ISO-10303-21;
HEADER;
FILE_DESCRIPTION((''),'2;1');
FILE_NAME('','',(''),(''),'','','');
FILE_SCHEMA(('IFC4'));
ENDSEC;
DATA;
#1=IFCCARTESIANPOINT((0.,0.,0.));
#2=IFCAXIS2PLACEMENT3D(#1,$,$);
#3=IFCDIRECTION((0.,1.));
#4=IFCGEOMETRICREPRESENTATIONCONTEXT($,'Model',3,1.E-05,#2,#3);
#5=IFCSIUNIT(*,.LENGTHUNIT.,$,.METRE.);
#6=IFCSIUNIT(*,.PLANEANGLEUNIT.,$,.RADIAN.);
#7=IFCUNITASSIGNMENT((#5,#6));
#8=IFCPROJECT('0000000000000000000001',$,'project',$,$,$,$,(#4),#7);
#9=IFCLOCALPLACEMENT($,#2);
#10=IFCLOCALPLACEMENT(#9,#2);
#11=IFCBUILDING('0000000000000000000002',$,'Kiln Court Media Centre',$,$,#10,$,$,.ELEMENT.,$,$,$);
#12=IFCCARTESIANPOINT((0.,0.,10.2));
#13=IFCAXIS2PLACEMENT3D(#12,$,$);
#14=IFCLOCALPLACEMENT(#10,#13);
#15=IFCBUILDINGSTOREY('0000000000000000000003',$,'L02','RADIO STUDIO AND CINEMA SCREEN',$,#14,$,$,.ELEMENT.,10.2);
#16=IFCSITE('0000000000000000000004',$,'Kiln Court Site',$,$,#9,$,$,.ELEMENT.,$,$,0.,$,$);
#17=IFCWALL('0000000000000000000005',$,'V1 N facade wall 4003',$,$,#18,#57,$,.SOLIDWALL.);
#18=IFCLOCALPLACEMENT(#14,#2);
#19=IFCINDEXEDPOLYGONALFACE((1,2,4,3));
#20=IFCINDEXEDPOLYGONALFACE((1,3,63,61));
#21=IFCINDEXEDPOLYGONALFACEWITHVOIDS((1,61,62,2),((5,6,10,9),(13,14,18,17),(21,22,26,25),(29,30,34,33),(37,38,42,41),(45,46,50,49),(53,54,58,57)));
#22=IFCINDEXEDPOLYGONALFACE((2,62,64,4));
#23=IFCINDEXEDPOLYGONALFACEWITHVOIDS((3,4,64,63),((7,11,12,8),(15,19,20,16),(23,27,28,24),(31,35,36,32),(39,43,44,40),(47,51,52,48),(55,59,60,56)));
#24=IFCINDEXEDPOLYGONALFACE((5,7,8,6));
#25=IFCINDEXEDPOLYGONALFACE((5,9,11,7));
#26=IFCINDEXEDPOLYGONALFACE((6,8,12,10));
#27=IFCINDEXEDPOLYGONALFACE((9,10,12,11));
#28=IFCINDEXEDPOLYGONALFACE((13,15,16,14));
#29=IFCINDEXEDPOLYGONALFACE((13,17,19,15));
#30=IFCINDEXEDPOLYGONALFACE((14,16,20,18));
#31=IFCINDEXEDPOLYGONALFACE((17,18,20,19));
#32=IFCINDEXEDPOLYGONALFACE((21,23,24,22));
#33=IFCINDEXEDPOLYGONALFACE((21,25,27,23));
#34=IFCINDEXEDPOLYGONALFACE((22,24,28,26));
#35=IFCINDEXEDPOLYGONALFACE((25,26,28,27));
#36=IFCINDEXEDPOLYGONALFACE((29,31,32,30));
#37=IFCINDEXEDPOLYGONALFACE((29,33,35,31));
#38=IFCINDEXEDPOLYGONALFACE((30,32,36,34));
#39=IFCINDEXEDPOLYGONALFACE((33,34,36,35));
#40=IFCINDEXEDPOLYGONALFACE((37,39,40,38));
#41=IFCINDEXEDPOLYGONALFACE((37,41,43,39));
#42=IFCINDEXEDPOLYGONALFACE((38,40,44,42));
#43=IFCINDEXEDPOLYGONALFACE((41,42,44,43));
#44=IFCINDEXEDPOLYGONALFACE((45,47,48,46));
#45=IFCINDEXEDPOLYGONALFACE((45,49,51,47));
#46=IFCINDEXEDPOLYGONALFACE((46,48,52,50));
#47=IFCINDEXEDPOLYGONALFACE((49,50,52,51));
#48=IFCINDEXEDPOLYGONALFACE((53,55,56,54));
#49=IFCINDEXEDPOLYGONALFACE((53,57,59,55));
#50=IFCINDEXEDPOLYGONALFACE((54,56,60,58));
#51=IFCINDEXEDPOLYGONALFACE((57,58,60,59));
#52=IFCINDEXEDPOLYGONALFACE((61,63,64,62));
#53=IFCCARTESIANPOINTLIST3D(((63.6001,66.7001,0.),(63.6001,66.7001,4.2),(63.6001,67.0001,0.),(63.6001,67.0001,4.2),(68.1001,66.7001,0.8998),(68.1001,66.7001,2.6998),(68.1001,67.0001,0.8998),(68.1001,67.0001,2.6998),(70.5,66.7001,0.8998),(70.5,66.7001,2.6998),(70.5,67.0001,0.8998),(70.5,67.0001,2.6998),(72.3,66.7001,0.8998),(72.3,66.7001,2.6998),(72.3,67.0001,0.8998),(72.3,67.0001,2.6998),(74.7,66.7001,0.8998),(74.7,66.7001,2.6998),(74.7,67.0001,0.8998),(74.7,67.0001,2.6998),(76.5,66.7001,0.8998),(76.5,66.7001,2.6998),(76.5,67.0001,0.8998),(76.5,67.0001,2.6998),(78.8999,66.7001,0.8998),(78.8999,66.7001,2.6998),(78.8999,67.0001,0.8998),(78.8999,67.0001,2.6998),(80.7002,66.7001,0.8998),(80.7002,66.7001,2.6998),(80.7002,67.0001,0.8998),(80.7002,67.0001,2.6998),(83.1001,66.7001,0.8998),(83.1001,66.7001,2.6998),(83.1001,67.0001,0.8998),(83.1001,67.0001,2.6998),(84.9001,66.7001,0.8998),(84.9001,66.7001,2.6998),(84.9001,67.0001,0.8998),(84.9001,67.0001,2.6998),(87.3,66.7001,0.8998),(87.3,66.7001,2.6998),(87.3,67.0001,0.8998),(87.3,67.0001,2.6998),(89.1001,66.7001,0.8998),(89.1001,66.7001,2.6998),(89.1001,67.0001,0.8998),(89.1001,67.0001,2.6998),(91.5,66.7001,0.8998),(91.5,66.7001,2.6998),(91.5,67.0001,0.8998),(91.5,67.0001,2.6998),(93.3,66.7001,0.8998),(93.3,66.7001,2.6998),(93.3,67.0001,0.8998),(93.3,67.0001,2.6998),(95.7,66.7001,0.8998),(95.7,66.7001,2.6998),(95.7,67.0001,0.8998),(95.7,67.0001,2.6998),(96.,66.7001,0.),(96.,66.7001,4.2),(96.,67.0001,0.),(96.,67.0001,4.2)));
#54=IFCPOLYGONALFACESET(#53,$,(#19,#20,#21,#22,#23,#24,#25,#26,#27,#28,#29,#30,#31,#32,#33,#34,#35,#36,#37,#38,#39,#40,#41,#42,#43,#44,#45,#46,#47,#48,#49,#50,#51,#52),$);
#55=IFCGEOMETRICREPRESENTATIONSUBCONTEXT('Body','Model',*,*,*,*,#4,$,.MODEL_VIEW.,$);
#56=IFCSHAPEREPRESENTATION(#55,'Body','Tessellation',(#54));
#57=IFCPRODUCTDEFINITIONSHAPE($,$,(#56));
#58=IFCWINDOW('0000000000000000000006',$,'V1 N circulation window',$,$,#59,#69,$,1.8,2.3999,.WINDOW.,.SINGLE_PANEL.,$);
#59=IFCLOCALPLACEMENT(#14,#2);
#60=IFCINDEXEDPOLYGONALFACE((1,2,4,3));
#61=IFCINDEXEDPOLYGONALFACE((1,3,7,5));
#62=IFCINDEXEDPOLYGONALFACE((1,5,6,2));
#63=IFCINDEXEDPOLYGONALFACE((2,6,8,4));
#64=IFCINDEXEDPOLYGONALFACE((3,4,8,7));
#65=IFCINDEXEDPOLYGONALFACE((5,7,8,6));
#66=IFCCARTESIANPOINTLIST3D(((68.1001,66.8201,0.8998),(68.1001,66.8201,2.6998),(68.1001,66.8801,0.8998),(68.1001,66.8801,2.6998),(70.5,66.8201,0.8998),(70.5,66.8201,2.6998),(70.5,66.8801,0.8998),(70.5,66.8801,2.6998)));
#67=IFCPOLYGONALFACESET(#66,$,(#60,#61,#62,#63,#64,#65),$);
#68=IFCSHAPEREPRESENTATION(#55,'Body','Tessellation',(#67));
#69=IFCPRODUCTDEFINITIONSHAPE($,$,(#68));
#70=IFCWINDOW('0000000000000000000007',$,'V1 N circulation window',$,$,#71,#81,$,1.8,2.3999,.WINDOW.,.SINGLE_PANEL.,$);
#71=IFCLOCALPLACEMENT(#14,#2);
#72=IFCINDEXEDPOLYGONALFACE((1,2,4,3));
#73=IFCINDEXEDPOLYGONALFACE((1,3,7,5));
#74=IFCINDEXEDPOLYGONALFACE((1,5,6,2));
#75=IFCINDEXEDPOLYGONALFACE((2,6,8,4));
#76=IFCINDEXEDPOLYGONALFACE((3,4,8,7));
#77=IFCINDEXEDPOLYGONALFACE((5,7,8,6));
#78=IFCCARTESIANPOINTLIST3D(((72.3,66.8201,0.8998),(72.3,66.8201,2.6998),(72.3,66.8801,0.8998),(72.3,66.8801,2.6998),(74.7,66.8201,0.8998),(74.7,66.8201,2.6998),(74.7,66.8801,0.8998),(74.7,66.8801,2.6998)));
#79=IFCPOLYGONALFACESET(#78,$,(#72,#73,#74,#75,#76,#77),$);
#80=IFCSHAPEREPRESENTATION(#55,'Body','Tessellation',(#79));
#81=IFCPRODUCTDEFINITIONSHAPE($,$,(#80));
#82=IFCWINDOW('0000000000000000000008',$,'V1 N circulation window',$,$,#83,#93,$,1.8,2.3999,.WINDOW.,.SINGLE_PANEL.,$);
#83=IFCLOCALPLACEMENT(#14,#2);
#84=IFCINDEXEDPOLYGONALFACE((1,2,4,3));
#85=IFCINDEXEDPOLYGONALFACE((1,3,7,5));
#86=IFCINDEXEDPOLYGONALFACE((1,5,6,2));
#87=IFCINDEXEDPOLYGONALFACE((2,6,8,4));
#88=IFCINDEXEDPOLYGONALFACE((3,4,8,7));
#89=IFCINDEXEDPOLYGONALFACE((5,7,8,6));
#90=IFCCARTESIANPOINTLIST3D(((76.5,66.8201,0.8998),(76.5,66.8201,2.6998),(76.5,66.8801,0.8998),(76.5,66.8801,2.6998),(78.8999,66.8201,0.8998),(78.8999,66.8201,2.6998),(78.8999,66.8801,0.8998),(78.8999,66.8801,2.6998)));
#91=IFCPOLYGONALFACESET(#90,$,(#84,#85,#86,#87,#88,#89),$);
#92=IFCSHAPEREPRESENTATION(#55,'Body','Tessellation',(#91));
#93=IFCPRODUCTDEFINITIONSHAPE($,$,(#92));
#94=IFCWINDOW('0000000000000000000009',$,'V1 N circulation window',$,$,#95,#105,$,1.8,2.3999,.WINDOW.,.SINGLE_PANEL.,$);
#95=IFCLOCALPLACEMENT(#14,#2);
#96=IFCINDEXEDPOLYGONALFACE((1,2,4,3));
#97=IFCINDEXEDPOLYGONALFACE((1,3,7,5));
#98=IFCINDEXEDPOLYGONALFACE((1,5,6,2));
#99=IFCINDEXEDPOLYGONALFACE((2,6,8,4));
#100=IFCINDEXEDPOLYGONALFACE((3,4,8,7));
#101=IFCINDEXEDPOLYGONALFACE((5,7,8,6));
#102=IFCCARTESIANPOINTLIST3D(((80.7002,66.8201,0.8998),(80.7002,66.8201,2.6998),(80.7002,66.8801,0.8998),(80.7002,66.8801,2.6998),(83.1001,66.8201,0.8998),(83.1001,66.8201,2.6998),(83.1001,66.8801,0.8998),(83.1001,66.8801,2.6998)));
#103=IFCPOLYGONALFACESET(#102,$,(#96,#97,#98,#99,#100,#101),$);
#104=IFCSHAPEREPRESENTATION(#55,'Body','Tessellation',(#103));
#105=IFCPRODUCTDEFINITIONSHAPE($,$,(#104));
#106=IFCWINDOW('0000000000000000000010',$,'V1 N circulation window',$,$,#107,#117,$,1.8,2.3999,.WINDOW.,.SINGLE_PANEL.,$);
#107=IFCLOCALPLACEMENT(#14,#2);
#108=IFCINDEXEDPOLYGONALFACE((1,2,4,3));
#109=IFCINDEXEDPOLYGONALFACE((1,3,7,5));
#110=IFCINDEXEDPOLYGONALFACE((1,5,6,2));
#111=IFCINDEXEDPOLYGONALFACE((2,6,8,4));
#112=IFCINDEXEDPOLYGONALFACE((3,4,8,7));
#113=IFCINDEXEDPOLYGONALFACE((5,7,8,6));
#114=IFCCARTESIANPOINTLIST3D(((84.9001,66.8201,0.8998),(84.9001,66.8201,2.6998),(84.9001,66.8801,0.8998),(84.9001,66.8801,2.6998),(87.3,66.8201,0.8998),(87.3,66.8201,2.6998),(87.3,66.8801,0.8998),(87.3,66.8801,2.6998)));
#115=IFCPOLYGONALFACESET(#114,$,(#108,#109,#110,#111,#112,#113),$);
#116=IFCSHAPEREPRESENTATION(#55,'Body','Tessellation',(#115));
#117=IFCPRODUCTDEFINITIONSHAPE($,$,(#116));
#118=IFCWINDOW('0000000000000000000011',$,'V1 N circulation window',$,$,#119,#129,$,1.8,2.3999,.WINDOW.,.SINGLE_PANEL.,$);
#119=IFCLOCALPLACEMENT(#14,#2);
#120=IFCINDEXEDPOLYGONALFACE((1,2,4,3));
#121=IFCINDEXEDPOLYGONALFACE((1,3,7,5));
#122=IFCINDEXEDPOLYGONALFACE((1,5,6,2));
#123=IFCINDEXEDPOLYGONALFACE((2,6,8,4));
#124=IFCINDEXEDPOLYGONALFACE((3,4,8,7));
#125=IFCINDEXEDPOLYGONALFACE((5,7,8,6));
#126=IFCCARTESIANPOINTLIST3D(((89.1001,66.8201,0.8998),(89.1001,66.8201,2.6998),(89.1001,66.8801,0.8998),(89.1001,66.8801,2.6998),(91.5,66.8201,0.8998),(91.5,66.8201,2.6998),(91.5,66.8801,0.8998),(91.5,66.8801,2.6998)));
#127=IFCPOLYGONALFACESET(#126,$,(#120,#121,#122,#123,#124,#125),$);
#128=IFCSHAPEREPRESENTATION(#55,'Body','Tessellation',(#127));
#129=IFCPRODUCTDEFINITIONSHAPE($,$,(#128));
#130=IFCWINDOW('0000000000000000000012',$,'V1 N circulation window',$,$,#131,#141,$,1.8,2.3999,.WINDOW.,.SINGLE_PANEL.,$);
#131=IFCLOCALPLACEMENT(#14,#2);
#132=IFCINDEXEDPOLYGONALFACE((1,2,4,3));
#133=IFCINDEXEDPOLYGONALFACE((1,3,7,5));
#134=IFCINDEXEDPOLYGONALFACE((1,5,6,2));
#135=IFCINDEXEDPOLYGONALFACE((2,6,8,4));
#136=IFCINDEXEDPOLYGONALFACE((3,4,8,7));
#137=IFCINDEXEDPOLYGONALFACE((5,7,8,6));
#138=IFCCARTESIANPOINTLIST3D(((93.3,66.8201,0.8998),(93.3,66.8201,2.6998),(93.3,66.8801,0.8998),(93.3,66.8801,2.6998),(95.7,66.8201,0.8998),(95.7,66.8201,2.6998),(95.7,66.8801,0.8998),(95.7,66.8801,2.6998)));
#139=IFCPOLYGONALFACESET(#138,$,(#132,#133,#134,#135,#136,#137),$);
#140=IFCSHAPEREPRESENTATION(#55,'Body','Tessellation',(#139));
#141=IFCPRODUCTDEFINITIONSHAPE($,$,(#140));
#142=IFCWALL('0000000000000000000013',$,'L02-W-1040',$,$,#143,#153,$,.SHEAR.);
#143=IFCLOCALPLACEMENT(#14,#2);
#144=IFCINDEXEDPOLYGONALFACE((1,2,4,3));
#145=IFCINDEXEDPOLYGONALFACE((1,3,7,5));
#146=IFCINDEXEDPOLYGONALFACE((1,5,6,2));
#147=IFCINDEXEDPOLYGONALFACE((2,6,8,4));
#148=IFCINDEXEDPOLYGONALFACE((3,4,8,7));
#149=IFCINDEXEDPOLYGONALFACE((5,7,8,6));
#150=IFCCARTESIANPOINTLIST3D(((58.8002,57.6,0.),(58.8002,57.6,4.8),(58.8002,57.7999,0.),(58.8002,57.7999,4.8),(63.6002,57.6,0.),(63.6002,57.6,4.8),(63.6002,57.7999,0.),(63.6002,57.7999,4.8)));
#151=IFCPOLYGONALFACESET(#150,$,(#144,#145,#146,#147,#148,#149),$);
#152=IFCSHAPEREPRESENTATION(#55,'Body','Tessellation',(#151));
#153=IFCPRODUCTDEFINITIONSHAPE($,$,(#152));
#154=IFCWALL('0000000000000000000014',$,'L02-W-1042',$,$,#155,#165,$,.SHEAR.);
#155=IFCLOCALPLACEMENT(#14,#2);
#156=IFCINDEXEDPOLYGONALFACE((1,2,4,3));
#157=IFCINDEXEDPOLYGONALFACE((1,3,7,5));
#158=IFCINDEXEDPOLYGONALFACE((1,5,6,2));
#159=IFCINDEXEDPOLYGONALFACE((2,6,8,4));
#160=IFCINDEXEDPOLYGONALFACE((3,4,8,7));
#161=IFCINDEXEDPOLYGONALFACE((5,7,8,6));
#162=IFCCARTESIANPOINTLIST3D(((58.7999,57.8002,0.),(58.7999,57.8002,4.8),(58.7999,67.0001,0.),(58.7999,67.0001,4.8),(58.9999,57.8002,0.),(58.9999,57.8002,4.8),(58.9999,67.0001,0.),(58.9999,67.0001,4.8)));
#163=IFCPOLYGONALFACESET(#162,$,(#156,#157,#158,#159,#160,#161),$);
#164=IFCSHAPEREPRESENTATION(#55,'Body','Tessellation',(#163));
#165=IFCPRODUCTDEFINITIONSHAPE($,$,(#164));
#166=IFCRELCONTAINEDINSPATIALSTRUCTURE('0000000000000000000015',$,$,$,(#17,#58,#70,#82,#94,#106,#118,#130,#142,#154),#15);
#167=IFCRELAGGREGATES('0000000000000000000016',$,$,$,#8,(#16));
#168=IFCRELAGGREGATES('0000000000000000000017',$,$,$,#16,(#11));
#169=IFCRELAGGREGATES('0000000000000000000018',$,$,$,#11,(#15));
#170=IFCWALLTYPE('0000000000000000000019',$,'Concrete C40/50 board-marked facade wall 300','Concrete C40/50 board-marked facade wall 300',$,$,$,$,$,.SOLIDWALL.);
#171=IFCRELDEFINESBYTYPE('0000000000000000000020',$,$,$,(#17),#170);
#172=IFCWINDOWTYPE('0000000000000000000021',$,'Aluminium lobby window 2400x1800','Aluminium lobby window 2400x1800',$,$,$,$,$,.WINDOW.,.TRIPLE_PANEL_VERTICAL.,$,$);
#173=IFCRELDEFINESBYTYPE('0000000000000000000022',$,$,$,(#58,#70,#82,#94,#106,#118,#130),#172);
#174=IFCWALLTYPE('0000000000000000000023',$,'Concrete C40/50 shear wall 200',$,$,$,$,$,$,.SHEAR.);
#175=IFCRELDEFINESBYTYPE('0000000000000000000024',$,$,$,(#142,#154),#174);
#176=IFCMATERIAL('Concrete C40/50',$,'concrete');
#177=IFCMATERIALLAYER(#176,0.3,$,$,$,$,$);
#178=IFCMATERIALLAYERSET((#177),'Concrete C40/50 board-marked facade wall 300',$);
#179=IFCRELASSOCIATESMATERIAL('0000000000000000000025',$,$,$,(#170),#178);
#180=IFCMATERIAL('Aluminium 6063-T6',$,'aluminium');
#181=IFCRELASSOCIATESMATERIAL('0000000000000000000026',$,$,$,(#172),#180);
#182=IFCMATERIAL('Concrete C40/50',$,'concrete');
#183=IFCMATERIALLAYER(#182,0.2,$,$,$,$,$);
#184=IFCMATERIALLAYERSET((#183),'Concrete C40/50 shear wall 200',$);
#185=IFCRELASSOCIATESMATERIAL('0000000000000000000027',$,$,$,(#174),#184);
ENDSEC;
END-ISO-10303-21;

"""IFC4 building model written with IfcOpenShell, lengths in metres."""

from ifc_helpers import new_model, si_unit, direction, frame, frame_2d, origin, place, context, subcontext, project, spatial, rectangle, extrude, material, layer, layer_set, type_object, element, fill, save


model = new_model("IFC4")

# Units and contexts
model_context = context("Model", 3, precision=1e-05, world=origin(), true_north=direction((0.0, 1.0)))
body_context = subcontext(model_context, "Body", "Model", "MODEL_VIEW")
ifc_project = project(units=[si_unit("LENGTHUNIT", "METRE"), si_unit("PLANEANGLEUNIT", "RADIAN")], contexts=[model_context])

# Site, building, storey
site_placement = place(None, origin())
site = spatial("IfcSite", under=ifc_project, at=site_placement, Name="Kiln Court Site", CompositionType="ELEMENT", RefElevation=0.0)
building_placement = place(site_placement, origin())
building = spatial("IfcBuilding", under=site, at=building_placement, Name="Kiln Court Media Centre", CompositionType="ELEMENT")
storey_placement = place(building_placement, frame((0.0, 0.0, 10.2)))
storey = spatial("IfcBuildingStorey", under=building, at=storey_placement, Name="L02", Description="RADIO STUDIO AND CINEMA SCREEN", CompositionType="ELEMENT", Elevation=10.2)

# Wall, openings, windows
ifc_material_1 = material(Name="Concrete C40/50", Category="concrete")
ifc_layer_1 = layer(ifc_material_1, 0.3)
ifc_layer_set_1 = layer_set([ifc_layer_1], Name="Concrete C40/50 board-marked facade wall 300")
wall_type_1 = type_object("IfcWallType", Name="Concrete C40/50 board-marked facade wall 300", Description="Concrete C40/50 board-marked facade wall 300", PredefinedType="SOLIDWALL", material=ifc_layer_set_1)
wall_1_placement = place(storey_placement, frame((63.6001, 66.8501, 0.0), z_axis=(0.0, 0.0, 1.0), x_axis=(1.0, 0.0, 0.0)))
wall_1 = element("IfcWall", 1, at=wall_1_placement, inside=storey, type_object=wall_type_1, Name="V1 N facade wall 4003", PredefinedType="SOLIDWALL", context=body_context, shape_type="SweptSolid", body=[
    extrude(rectangle(XDim=32.3999, YDim=0.3, at=frame_2d((16.2, 0.0))), origin(), (0.0, 0.0, 1.0), 4.2),
])
opening_1_placement = place(wall_1_placement, frame((4.5, 0.0, 0.8999)))
opening_1 = element("IfcOpeningElement", 2, at=opening_1_placement, cuts=wall_1, PredefinedType="OPENING", context=body_context, shape_type="SweptSolid", body=[
    extrude(rectangle(XDim=2.3999, YDim=1.8, at=frame_2d((1.2, 0.8999))), frame((0.0, 0.1599, 0.0), z_axis=(0.0, -1.0, 0.0), x_axis=(1.0, 0.0, 0.0)), (0.0, 0.0, 1.0), 0.3201),
])
opening_2_placement = place(wall_1_placement, frame((8.7, 0.0, 0.8999)))
opening_2 = element("IfcOpeningElement", 3, at=opening_2_placement, cuts=wall_1, PredefinedType="OPENING", context=body_context, shape_type="SweptSolid", body=[
    extrude(rectangle(XDim=2.3999, YDim=1.8, at=frame_2d((1.2, 0.8999))), frame((0.0, 0.1599, 0.0), z_axis=(0.0, -1.0, 0.0), x_axis=(1.0, 0.0, 0.0)), (0.0, 0.0, 1.0), 0.3201),
])
opening_3_placement = place(wall_1_placement, frame((12.8999, 0.0, 0.8999)))
opening_3 = element("IfcOpeningElement", 4, at=opening_3_placement, cuts=wall_1, PredefinedType="OPENING", context=body_context, shape_type="SweptSolid", body=[
    extrude(rectangle(XDim=2.3999, YDim=1.8, at=frame_2d((1.2, 0.8999))), frame((0.0, 0.1599, 0.0), z_axis=(0.0, -1.0, 0.0), x_axis=(1.0, 0.0, 0.0)), (0.0, 0.0, 1.0), 0.3201),
])
opening_4_placement = place(wall_1_placement, frame((17.1001, 0.0, 0.8999)))
opening_4 = element("IfcOpeningElement", 5, at=opening_4_placement, cuts=wall_1, PredefinedType="OPENING", context=body_context, shape_type="SweptSolid", body=[
    extrude(rectangle(XDim=2.3999, YDim=1.8, at=frame_2d((1.2, 0.8999))), frame((0.0, 0.1599, 0.0), z_axis=(0.0, -1.0, 0.0), x_axis=(1.0, 0.0, 0.0)), (0.0, 0.0, 1.0), 0.3201),
])
opening_5_placement = place(wall_1_placement, frame((21.3, 0.0, 0.8999)))
opening_5 = element("IfcOpeningElement", 6, at=opening_5_placement, cuts=wall_1, PredefinedType="OPENING", context=body_context, shape_type="SweptSolid", body=[
    extrude(rectangle(XDim=2.3999, YDim=1.8, at=frame_2d((1.2, 0.8999))), frame((0.0, 0.1599, 0.0), z_axis=(0.0, -1.0, 0.0), x_axis=(1.0, 0.0, 0.0)), (0.0, 0.0, 1.0), 0.3201),
])
opening_6_placement = place(wall_1_placement, frame((25.5, 0.0, 0.8999)))
opening_6 = element("IfcOpeningElement", 7, at=opening_6_placement, cuts=wall_1, PredefinedType="OPENING", context=body_context, shape_type="SweptSolid", body=[
    extrude(rectangle(XDim=2.3999, YDim=1.8, at=frame_2d((1.2, 0.8999))), frame((0.0, 0.1599, 0.0), z_axis=(0.0, -1.0, 0.0), x_axis=(1.0, 0.0, 0.0)), (0.0, 0.0, 1.0), 0.3201),
])
opening_7_placement = place(wall_1_placement, frame((29.7, 0.0, 0.8999)))
opening_7 = element("IfcOpeningElement", 8, at=opening_7_placement, cuts=wall_1, PredefinedType="OPENING", context=body_context, shape_type="SweptSolid", body=[
    extrude(rectangle(XDim=2.3999, YDim=1.8, at=frame_2d((1.2, 0.8999))), frame((0.0, 0.1599, 0.0), z_axis=(0.0, -1.0, 0.0), x_axis=(1.0, 0.0, 0.0)), (0.0, 0.0, 1.0), 0.3201),
])
ifc_material_2 = material(Name="Aluminium 6063-T6", Category="aluminium")
window_type = type_object("IfcWindowType", Name="Aluminium lobby window 2400x1800", Description="Aluminium lobby window 2400x1800", PartitioningType="TRIPLE_PANEL_VERTICAL", PredefinedType="WINDOW", material=ifc_material_2)
window_1_placement = place(opening_1_placement, origin())
window_1 = element("IfcWindow", 9, at=window_1_placement, inside=storey, type_object=window_type, Name="V1 N circulation window", OverallHeight=1.8, OverallWidth=2.3999, PartitioningType="SINGLE_PANEL", PredefinedType="WINDOW", context=body_context, shape_type="SweptSolid", body=[
    extrude(rectangle(XDim=2.3999, YDim=1.8, at=frame_2d((1.2, 0.8999))), frame((0.0, 0.03, 0.0), z_axis=(0.0, -1.0, 0.0), x_axis=(1.0, 0.0, 0.0)), (0.0, 0.0, 1.0), 0.0601),
])
fill(opening_1, window_1)
window_2_placement = place(opening_2_placement, origin())
window_2 = element("IfcWindow", 10, at=window_2_placement, inside=storey, type_object=window_type, Name="V1 N circulation window", OverallHeight=1.8, OverallWidth=2.3999, PartitioningType="SINGLE_PANEL", PredefinedType="WINDOW", context=body_context, shape_type="SweptSolid", body=[
    extrude(rectangle(XDim=2.3999, YDim=1.8, at=frame_2d((1.2, 0.8999))), frame((0.0, 0.03, 0.0), z_axis=(0.0, -1.0, 0.0), x_axis=(1.0, 0.0, 0.0)), (0.0, 0.0, 1.0), 0.0601),
])
fill(opening_2, window_2)
window_3_placement = place(opening_3_placement, origin())
window_3 = element("IfcWindow", 11, at=window_3_placement, inside=storey, type_object=window_type, Name="V1 N circulation window", OverallHeight=1.8, OverallWidth=2.3999, PartitioningType="SINGLE_PANEL", PredefinedType="WINDOW", context=body_context, shape_type="SweptSolid", body=[
    extrude(rectangle(XDim=2.3999, YDim=1.8, at=frame_2d((1.2, 0.8999))), frame((0.0, 0.03, 0.0), z_axis=(0.0, -1.0, 0.0), x_axis=(1.0, 0.0, 0.0)), (0.0, 0.0, 1.0), 0.0601),
])
fill(opening_3, window_3)
window_4_placement = place(opening_4_placement, origin())
window_4 = element("IfcWindow", 12, at=window_4_placement, inside=storey, type_object=window_type, Name="V1 N circulation window", OverallHeight=1.8, OverallWidth=2.3999, PartitioningType="SINGLE_PANEL", PredefinedType="WINDOW", context=body_context, shape_type="SweptSolid", body=[
    extrude(rectangle(XDim=2.3999, YDim=1.8, at=frame_2d((1.2, 0.8999))), frame((0.0, 0.03, 0.0), z_axis=(0.0, -1.0, 0.0), x_axis=(1.0, 0.0, 0.0)), (0.0, 0.0, 1.0), 0.0601),
])
fill(opening_4, window_4)
window_5_placement = place(opening_5_placement, origin())
window_5 = element("IfcWindow", 13, at=window_5_placement, inside=storey, type_object=window_type, Name="V1 N circulation window", OverallHeight=1.8, OverallWidth=2.3999, PartitioningType="SINGLE_PANEL", PredefinedType="WINDOW", context=body_context, shape_type="SweptSolid", body=[
    extrude(rectangle(XDim=2.3999, YDim=1.8, at=frame_2d((1.2, 0.8999))), frame((0.0, 0.03, 0.0), z_axis=(0.0, -1.0, 0.0), x_axis=(1.0, 0.0, 0.0)), (0.0, 0.0, 1.0), 0.0601),
])
fill(opening_5, window_5)
window_6_placement = place(opening_6_placement, origin())
window_6 = element("IfcWindow", 14, at=window_6_placement, inside=storey, type_object=window_type, Name="V1 N circulation window", OverallHeight=1.8, OverallWidth=2.3999, PartitioningType="SINGLE_PANEL", PredefinedType="WINDOW", context=body_context, shape_type="SweptSolid", body=[
    extrude(rectangle(XDim=2.3999, YDim=1.8, at=frame_2d((1.2, 0.8999))), frame((0.0, 0.03, 0.0), z_axis=(0.0, -1.0, 0.0), x_axis=(1.0, 0.0, 0.0)), (0.0, 0.0, 1.0), 0.0601),
])
fill(opening_6, window_6)
window_7_placement = place(opening_7_placement, origin())
window_7 = element("IfcWindow", 15, at=window_7_placement, inside=storey, type_object=window_type, Name="V1 N circulation window", OverallHeight=1.8, OverallWidth=2.3999, PartitioningType="SINGLE_PANEL", PredefinedType="WINDOW", context=body_context, shape_type="SweptSolid", body=[
    extrude(rectangle(XDim=2.3999, YDim=1.8, at=frame_2d((1.2, 0.8999))), frame((0.0, 0.03, 0.0), z_axis=(0.0, -1.0, 0.0), x_axis=(1.0, 0.0, 0.0)), (0.0, 0.0, 1.0), 0.0601),
])
fill(opening_7, window_7)

# Walls
ifc_material_3 = material(Name="Concrete C40/50", Category="concrete")
ifc_layer_2 = layer(ifc_material_3, 0.2)
ifc_layer_set_2 = layer_set([ifc_layer_2], Name="Concrete C40/50 shear wall 200")
wall_type_2 = type_object("IfcWallType", Name="Concrete C40/50 shear wall 200", PredefinedType="SHEAR", material=ifc_layer_set_2)
wall_2_placement = place(storey_placement, frame((63.6001, 57.7, 0.0), z_axis=(0.0, 0.0, 1.0), x_axis=(-1.0, 0.0, 0.0)))
element("IfcWall", 16, at=wall_2_placement, inside=storey, type_object=wall_type_2, Name="L02-W-1040", PredefinedType="SHEAR", context=body_context, shape_type="SweptSolid", body=[
    extrude(rectangle(XDim=4.8, YDim=0.2, at=frame_2d((2.3999, 0.0))), origin(), (0.0, 0.0, 1.0), 4.8),
])
wall_3_placement = place(storey_placement, frame((58.8999, 57.8, 0.0), z_axis=(0.0, 0.0, 1.0), x_axis=(0.0, 1.0, 0.0)))
element("IfcWall", 17, at=wall_3_placement, inside=storey, type_object=wall_type_2, Name="L02-W-1042", PredefinedType="SHEAR", context=body_context, shape_type="SweptSolid", body=[
    extrude(rectangle(XDim=9.2, YDim=0.2, at=frame_2d((4.6001, 0.0))), origin(), (0.0, 0.0, 1.0), 4.8),
])

save(model, "model.ifc")
